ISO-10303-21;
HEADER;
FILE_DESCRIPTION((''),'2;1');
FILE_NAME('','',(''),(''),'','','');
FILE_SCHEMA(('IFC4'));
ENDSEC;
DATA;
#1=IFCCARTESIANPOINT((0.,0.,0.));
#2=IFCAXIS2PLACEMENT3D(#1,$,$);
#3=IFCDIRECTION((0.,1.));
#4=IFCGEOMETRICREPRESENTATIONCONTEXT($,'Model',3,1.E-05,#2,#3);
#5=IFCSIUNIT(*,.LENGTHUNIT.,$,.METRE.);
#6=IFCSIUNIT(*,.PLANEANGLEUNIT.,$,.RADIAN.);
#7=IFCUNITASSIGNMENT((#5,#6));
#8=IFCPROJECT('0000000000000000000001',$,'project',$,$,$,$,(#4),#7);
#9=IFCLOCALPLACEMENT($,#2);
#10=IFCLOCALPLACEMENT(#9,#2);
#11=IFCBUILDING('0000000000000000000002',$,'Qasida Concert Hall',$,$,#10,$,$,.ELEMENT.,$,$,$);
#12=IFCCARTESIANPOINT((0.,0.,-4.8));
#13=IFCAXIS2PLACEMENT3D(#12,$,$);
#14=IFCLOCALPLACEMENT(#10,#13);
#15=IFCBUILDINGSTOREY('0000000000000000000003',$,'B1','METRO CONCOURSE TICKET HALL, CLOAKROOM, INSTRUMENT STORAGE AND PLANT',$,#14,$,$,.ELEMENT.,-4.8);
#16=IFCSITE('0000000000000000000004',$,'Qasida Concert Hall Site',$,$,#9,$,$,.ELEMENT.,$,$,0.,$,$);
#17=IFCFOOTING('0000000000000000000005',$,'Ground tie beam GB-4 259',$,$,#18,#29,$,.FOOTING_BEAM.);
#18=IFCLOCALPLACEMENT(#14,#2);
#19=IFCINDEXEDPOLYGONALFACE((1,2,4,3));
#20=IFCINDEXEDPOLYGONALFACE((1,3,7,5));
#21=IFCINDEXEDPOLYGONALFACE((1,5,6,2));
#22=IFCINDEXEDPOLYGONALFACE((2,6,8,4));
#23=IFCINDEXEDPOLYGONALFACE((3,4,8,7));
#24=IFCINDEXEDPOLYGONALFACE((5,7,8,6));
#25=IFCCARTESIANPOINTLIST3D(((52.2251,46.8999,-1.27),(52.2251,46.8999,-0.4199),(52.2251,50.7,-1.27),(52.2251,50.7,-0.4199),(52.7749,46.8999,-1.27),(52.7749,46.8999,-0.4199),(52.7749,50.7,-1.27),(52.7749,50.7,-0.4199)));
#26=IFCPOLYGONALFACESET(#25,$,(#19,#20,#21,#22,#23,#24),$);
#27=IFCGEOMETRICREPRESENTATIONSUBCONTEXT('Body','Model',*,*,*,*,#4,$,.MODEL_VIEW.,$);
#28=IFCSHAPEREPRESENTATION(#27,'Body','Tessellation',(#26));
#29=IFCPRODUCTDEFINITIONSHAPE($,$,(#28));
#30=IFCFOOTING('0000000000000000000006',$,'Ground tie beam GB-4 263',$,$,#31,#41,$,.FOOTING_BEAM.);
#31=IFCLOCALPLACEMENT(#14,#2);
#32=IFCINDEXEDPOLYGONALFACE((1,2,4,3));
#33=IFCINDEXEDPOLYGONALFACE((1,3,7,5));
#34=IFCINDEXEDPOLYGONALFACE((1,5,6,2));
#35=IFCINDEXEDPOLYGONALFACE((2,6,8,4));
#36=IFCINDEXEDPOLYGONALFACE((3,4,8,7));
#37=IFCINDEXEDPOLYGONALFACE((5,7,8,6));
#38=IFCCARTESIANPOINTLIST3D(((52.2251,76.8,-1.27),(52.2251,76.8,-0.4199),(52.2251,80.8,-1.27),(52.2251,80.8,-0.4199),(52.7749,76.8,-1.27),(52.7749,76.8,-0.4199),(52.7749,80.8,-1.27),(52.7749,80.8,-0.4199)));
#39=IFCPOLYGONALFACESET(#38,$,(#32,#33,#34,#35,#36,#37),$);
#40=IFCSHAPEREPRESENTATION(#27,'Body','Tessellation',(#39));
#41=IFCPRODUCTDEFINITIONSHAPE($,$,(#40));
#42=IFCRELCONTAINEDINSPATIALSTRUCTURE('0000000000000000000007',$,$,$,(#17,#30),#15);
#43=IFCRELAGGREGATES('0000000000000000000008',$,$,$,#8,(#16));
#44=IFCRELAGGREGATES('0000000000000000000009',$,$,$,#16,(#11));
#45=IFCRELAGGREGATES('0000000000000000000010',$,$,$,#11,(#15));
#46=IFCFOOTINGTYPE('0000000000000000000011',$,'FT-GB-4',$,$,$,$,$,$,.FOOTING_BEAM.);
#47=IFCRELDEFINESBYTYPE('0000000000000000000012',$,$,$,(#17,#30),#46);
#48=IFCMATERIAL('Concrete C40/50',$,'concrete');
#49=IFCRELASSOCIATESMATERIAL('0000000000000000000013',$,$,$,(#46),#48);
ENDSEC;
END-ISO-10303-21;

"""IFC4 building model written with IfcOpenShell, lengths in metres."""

from ifc_helpers import new_model, si_unit, direction, frame, origin, place, context, subcontext, project, spatial, polyline, outline, extrude, material, type_object, element, save


model = new_model("IFC4")

# Units and contexts
model_context = context("Model", 3, precision=1e-05, world=origin(), true_north=direction((0.0, 1.0)))
body_context = subcontext(model_context, "Body", "Model", "MODEL_VIEW")
ifc_project = project(units=[si_unit("LENGTHUNIT", "METRE"), si_unit("PLANEANGLEUNIT", "RADIAN")], contexts=[model_context])

# Site, building, storey
site_placement = place(None, origin())
site = spatial("IfcSite", under=ifc_project, at=site_placement, Name="Qasida Concert Hall Site", CompositionType="ELEMENT", RefElevation=0.0)
building_placement = place(site_placement, origin())
building = spatial("IfcBuilding", under=site, at=building_placement, Name="Qasida Concert Hall", CompositionType="ELEMENT")
storey_placement = place(building_placement, frame((0.0, 0.0, -4.8)))
storey = spatial("IfcBuildingStorey", under=building, at=storey_placement, Name="B1", Description="METRO CONCOURSE TICKET HALL, CLOAKROOM, INSTRUMENT STORAGE AND PLANT", CompositionType="ELEMENT", Elevation=-4.8)

# Footings
ifc_material = material(Name="Concrete C40/50", Category="concrete")
footing_type_1 = type_object("IfcFootingType", Name="FT-GB-4", PredefinedType="FOOTING_BEAM", material=ifc_material)
footing_1_placement = place(storey_placement, frame((0.0, 0.0, -1.27)))
element("IfcFooting", 1, at=footing_1_placement, inside=storey, type_object=footing_type_1, Name="Ground tie beam GB-4 259", PredefinedType="FOOTING_BEAM", context=body_context, shape_type="SweptSolid", body=[
    extrude(outline(polyline([(52.2251, 46.8999), (52.7749, 46.8999), (52.7749, 50.7), (52.2251, 50.7), (52.2251, 46.8999)])), origin(), (0.0, 0.0, 1.0), 0.8501),
])
footing_2_placement = place(storey_placement, frame((0.0, 0.0, -1.27)))
element("IfcFooting", 2, at=footing_2_placement, inside=storey, type_object=footing_type_1, Name="Ground tie beam GB-4 263", PredefinedType="FOOTING_BEAM", context=body_context, shape_type="SweptSolid", body=[
    extrude(outline(polyline([(52.2251, 76.8), (52.7749, 76.8), (52.7749, 80.8), (52.2251, 80.8), (52.2251, 76.8)])), origin(), (0.0, 0.0, 1.0), 0.8501),
])

save(model, "model.ifc")
